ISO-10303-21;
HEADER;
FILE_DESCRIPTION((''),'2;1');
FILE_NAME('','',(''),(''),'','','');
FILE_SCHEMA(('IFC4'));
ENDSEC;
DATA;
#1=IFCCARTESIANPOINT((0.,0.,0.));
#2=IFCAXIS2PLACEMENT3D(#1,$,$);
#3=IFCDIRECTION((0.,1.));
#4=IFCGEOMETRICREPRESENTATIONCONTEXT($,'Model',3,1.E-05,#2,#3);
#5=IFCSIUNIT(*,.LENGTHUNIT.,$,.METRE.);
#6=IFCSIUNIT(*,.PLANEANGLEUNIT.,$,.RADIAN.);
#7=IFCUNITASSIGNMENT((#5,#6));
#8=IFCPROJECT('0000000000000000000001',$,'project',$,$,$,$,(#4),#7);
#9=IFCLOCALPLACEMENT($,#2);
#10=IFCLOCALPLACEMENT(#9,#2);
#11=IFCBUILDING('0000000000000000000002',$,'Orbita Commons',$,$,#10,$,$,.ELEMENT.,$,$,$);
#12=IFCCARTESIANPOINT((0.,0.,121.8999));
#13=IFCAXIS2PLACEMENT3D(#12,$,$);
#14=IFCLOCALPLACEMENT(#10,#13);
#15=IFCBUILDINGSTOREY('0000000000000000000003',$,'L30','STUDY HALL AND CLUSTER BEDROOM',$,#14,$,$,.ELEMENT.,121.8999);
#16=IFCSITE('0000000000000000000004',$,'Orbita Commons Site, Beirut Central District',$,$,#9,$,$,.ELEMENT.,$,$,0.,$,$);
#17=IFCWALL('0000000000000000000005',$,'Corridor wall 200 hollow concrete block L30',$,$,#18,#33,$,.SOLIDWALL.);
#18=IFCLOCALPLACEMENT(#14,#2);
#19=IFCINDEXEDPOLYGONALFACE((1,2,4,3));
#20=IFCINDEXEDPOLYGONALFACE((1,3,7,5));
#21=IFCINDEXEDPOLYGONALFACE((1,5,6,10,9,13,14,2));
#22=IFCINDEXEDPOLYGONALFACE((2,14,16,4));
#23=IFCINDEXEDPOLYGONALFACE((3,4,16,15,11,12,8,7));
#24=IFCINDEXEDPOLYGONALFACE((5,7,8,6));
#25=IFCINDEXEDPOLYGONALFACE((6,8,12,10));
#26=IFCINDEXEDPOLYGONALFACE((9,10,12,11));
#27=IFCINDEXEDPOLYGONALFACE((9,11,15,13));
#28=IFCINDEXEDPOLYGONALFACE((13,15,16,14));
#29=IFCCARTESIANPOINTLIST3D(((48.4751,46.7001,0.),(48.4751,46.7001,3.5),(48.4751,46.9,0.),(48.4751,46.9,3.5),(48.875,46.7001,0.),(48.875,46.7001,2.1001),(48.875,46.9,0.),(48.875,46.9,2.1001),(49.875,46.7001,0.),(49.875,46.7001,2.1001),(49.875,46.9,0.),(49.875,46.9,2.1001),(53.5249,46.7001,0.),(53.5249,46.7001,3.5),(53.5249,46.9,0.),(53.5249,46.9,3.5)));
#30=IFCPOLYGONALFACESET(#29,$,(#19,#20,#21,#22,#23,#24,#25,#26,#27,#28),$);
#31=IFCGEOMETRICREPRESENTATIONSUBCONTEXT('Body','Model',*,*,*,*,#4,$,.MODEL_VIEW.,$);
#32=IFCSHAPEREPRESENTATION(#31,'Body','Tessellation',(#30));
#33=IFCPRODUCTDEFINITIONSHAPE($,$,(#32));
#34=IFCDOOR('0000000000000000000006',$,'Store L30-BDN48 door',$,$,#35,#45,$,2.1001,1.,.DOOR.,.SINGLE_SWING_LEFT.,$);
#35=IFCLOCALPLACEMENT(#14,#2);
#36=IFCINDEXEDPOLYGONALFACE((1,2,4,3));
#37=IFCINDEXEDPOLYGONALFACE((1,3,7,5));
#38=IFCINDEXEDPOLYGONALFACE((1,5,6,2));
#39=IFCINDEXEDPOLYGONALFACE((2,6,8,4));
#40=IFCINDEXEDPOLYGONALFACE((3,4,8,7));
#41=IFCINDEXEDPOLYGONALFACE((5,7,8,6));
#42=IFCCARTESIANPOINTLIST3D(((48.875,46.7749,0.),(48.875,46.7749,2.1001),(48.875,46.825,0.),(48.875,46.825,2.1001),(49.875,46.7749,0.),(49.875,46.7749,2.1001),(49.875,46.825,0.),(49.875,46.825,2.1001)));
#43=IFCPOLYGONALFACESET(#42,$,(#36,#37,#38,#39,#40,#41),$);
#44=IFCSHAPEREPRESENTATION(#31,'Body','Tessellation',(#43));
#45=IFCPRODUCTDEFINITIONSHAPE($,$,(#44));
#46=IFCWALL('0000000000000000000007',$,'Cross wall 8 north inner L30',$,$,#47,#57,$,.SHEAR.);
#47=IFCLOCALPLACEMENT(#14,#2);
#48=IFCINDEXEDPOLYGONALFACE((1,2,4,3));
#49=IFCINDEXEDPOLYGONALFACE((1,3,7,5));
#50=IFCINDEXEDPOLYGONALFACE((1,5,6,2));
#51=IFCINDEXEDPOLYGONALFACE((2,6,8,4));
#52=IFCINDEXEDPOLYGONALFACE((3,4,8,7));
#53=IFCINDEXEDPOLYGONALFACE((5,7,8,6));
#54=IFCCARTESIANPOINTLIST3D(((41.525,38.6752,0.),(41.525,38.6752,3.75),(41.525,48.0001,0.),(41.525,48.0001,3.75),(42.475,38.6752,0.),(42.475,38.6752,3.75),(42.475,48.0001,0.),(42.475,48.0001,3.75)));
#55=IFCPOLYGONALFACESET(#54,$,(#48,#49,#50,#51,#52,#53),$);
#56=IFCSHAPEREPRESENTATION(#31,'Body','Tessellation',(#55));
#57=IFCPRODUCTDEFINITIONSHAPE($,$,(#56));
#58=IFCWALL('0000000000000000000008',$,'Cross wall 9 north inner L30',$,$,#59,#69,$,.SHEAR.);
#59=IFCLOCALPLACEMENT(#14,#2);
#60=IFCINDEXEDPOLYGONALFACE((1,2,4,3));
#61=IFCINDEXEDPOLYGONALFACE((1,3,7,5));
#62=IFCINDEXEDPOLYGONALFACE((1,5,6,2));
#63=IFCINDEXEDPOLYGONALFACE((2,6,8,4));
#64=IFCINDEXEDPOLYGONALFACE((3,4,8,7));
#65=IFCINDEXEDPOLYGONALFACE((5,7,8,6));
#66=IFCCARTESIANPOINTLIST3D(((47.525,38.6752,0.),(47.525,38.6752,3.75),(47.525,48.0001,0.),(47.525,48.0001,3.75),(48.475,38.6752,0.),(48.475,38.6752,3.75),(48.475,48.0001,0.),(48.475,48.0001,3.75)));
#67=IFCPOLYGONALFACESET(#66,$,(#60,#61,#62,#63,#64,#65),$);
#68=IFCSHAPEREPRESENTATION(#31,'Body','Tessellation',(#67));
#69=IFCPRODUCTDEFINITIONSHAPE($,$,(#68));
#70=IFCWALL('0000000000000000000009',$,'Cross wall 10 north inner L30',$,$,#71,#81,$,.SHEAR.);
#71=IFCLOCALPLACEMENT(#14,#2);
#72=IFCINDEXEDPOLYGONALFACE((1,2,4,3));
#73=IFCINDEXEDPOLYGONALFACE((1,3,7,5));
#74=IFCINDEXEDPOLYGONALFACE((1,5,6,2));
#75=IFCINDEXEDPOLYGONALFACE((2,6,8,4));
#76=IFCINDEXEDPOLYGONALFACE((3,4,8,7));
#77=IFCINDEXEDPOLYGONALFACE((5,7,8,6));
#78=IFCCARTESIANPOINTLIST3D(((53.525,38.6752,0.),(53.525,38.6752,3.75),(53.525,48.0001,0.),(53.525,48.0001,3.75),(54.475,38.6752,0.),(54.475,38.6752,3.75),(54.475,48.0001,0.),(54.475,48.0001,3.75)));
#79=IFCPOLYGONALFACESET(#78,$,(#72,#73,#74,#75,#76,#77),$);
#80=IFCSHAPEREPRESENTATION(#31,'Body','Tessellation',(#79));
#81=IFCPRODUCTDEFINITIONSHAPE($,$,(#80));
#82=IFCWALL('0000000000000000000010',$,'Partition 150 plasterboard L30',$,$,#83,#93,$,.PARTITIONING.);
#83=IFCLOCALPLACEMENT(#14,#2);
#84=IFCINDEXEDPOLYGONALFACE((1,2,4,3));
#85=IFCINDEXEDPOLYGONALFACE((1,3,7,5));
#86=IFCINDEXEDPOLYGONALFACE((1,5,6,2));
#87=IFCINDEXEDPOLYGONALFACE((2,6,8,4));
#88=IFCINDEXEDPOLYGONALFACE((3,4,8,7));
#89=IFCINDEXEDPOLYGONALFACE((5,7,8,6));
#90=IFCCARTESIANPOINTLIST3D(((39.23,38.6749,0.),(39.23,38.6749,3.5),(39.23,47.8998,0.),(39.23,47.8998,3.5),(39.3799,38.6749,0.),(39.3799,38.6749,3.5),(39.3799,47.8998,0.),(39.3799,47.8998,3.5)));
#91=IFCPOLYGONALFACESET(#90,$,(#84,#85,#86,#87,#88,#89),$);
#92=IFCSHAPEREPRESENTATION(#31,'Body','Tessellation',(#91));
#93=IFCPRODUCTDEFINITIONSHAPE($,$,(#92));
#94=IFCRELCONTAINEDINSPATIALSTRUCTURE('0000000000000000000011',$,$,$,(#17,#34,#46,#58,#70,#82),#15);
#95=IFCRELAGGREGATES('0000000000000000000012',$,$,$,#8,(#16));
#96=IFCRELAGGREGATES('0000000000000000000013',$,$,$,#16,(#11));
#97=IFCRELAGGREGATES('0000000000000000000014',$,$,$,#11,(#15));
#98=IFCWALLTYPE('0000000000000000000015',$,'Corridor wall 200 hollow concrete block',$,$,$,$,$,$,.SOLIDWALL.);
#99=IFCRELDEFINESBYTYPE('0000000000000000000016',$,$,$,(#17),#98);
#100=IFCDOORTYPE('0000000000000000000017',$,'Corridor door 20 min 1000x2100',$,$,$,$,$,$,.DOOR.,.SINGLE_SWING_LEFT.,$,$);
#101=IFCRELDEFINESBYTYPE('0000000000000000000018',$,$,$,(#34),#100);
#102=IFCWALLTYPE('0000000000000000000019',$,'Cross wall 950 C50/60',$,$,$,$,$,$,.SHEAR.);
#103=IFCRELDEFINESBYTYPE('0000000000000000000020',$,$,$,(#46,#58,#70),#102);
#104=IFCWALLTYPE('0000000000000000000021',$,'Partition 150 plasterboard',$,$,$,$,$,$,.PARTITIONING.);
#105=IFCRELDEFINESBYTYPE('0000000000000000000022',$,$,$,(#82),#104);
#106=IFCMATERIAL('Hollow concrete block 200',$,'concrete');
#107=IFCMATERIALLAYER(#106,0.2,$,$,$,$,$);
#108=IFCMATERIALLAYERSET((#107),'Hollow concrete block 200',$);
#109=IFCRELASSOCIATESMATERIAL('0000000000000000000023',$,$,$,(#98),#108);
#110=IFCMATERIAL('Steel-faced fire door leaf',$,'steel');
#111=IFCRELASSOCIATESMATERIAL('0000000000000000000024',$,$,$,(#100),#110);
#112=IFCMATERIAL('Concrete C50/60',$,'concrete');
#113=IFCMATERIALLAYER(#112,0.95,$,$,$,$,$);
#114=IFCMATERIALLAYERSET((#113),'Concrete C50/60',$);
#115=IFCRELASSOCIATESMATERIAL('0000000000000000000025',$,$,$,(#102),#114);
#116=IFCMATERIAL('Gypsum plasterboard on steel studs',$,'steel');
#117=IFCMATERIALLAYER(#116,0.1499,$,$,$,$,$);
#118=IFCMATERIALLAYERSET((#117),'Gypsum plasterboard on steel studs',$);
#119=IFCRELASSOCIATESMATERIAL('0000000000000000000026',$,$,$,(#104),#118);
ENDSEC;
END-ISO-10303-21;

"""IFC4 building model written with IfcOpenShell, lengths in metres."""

from ifc_helpers import new_model, si_unit, direction, frame, frame_2d, origin, place, context, subcontext, project, spatial, rectangle, extrude, material, layer, layer_set, type_object, element, fill, save


model = new_model("IFC4")

# Units and contexts
model_context = context("Model", 3, precision=1e-05, world=origin(), true_north=direction((0.0, 1.0)))
body_context = subcontext(model_context, "Body", "Model", "MODEL_VIEW")
ifc_project = project(units=[si_unit("LENGTHUNIT", "METRE"), si_unit("PLANEANGLEUNIT", "RADIAN")], contexts=[model_context])

# Site, building, storey
site_placement = place(None, origin())
site = spatial("IfcSite", under=ifc_project, at=site_placement, Name="Orbita Commons Site, Beirut Central District", CompositionType="ELEMENT", RefElevation=0.0)
building_placement = place(site_placement, origin())
building = spatial("IfcBuilding", under=site, at=building_placement, Name="Orbita Commons", CompositionType="ELEMENT")
storey_placement = place(building_placement, frame((0.0, 0.0, 121.8999)))
storey = spatial("IfcBuildingStorey", under=building, at=storey_placement, Name="L30", Description="STUDY HALL AND CLUSTER BEDROOM", CompositionType="ELEMENT", Elevation=121.8999)

# Wall, opening, door
ifc_material_1 = material(Name="Hollow concrete block 200", Category="concrete")
ifc_layer_1 = layer(ifc_material_1, 0.2)
ifc_layer_set_1 = layer_set([ifc_layer_1], Name="Hollow concrete block 200")
wall_type_1 = type_object("IfcWallType", Name="Corridor wall 200 hollow concrete block", PredefinedType="SOLIDWALL", material=ifc_layer_set_1)
ifc_material_2 = material(Name="Steel-faced fire door leaf", Category="steel")
door_type_1 = type_object("IfcDoorType", Name="Corridor door 20 min 1000x2100", OperationType="SINGLE_SWING_LEFT", PredefinedType="DOOR", material=ifc_material_2)
wall_1_placement = place(storey_placement, frame((48.4751, 46.8, 0.0), z_axis=(0.0, 0.0, 1.0), x_axis=(1.0, 0.0, 0.0)))
wall_1 = element("IfcWall", 1, at=wall_1_placement, inside=storey, type_object=wall_type_1, Name="Corridor wall 200 hollow concrete block L30", PredefinedType="SOLIDWALL", context=body_context, shape_type="SweptSolid", body=[
    extrude(rectangle(XDim=5.0498, YDim=0.2, at=frame_2d((2.5249, 0.0))), origin(), (0.0, 0.0, 1.0), 3.5),
])
opening_1_placement = place(wall_1_placement, frame((0.3999, 0.0, 0.0)))
opening_1 = element("IfcOpeningElement", 2, at=opening_1_placement, cuts=wall_1, PredefinedType="OPENING", context=body_context, shape_type="SweptSolid", body=[
    extrude(rectangle(XDim=1.0, YDim=2.1001, at=frame_2d((0.5, 1.05))), frame((0.0, 0.1099, 0.0), z_axis=(0.0, -1.0, 0.0), x_axis=(1.0, 0.0, 0.0)), (0.0, 0.0, 1.0), 0.22),
])
door_1_placement = place(opening_1_placement, origin())
door_1 = element("IfcDoor", 3, at=door_1_placement, inside=storey, type_object=door_type_1, Name="Store L30-BDN48 door", OperationType="SINGLE_SWING_LEFT", OverallHeight=2.1001, OverallWidth=1.0, PredefinedType="DOOR", context=body_context, shape_type="SweptSolid", body=[
    extrude(rectangle(XDim=1.0, YDim=2.1001, at=frame_2d((0.5, 1.05))), frame((0.0, 0.0249, 0.0), z_axis=(0.0, -1.0, 0.0), x_axis=(1.0, 0.0, 0.0)), (0.0, 0.0, 1.0), 0.05),
])
fill(opening_1, door_1)

# Walls
ifc_material_3 = material(Name="Concrete C50/60", Category="concrete")
ifc_layer_2 = layer(ifc_material_3, 0.95)
ifc_layer_set_2 = layer_set([ifc_layer_2], Name="Concrete C50/60")
wall_type_2 = type_object("IfcWallType", Name="Cross wall 950 C50/60", PredefinedType="SHEAR", material=ifc_layer_set_2)
for number, where, z_axis, x_axis, name in (
    (4, (42.0, 38.675, 0.0), (0.0, 0.0, 1.0), (0.0, 1.0, 0.0), "Cross wall 8 north inner L30"),
    (5, (48.0, 38.675, 0.0), (0.0, 0.0, 1.0), (0.0, 1.0, 0.0), "Cross wall 9 north inner L30"),
    (6, (54.0, 38.675, 0.0), (0.0, 0.0, 1.0), (0.0, 1.0, 0.0), "Cross wall 10 north inner L30"),
):
    element("IfcWall", number, at=place(storey_placement, frame(where, z_axis=z_axis, x_axis=x_axis)), inside=storey, type_object=wall_type_2, Name=name, PredefinedType="SHEAR", context=body_context, shape_type="SweptSolid", body=[
        extrude(rectangle(XDim=9.325, YDim=0.95, at=frame_2d((4.6626, 0.0))), origin(), (0.0, 0.0, 1.0), 3.75),
    ])
ifc_material_4 = material(Name="Gypsum plasterboard on steel studs", Category="steel")
ifc_layer_3 = layer(ifc_material_4, 0.1499)
ifc_layer_set_3 = layer_set([ifc_layer_3], Name="Gypsum plasterboard on steel studs")
wall_type_3 = type_object("IfcWallType", Name="Partition 150 plasterboard", PredefinedType="PARTITIONING", material=ifc_layer_set_3)
wall_2_placement = place(storey_placement, frame((39.3049, 38.675, 0.0), z_axis=(0.0, 0.0, 1.0), x_axis=(0.0, 1.0, 0.0)))
element("IfcWall", 7, at=wall_2_placement, inside=storey, type_object=wall_type_3, Name="Partition 150 plasterboard L30", PredefinedType="PARTITIONING", context=body_context, shape_type="SweptSolid", body=[
    extrude(rectangle(XDim=9.2249, YDim=0.1499, at=frame_2d((4.6123, 0.0))), origin(), (0.0, 0.0, 1.0), 3.5),
])

save(model, "model.ifc")
